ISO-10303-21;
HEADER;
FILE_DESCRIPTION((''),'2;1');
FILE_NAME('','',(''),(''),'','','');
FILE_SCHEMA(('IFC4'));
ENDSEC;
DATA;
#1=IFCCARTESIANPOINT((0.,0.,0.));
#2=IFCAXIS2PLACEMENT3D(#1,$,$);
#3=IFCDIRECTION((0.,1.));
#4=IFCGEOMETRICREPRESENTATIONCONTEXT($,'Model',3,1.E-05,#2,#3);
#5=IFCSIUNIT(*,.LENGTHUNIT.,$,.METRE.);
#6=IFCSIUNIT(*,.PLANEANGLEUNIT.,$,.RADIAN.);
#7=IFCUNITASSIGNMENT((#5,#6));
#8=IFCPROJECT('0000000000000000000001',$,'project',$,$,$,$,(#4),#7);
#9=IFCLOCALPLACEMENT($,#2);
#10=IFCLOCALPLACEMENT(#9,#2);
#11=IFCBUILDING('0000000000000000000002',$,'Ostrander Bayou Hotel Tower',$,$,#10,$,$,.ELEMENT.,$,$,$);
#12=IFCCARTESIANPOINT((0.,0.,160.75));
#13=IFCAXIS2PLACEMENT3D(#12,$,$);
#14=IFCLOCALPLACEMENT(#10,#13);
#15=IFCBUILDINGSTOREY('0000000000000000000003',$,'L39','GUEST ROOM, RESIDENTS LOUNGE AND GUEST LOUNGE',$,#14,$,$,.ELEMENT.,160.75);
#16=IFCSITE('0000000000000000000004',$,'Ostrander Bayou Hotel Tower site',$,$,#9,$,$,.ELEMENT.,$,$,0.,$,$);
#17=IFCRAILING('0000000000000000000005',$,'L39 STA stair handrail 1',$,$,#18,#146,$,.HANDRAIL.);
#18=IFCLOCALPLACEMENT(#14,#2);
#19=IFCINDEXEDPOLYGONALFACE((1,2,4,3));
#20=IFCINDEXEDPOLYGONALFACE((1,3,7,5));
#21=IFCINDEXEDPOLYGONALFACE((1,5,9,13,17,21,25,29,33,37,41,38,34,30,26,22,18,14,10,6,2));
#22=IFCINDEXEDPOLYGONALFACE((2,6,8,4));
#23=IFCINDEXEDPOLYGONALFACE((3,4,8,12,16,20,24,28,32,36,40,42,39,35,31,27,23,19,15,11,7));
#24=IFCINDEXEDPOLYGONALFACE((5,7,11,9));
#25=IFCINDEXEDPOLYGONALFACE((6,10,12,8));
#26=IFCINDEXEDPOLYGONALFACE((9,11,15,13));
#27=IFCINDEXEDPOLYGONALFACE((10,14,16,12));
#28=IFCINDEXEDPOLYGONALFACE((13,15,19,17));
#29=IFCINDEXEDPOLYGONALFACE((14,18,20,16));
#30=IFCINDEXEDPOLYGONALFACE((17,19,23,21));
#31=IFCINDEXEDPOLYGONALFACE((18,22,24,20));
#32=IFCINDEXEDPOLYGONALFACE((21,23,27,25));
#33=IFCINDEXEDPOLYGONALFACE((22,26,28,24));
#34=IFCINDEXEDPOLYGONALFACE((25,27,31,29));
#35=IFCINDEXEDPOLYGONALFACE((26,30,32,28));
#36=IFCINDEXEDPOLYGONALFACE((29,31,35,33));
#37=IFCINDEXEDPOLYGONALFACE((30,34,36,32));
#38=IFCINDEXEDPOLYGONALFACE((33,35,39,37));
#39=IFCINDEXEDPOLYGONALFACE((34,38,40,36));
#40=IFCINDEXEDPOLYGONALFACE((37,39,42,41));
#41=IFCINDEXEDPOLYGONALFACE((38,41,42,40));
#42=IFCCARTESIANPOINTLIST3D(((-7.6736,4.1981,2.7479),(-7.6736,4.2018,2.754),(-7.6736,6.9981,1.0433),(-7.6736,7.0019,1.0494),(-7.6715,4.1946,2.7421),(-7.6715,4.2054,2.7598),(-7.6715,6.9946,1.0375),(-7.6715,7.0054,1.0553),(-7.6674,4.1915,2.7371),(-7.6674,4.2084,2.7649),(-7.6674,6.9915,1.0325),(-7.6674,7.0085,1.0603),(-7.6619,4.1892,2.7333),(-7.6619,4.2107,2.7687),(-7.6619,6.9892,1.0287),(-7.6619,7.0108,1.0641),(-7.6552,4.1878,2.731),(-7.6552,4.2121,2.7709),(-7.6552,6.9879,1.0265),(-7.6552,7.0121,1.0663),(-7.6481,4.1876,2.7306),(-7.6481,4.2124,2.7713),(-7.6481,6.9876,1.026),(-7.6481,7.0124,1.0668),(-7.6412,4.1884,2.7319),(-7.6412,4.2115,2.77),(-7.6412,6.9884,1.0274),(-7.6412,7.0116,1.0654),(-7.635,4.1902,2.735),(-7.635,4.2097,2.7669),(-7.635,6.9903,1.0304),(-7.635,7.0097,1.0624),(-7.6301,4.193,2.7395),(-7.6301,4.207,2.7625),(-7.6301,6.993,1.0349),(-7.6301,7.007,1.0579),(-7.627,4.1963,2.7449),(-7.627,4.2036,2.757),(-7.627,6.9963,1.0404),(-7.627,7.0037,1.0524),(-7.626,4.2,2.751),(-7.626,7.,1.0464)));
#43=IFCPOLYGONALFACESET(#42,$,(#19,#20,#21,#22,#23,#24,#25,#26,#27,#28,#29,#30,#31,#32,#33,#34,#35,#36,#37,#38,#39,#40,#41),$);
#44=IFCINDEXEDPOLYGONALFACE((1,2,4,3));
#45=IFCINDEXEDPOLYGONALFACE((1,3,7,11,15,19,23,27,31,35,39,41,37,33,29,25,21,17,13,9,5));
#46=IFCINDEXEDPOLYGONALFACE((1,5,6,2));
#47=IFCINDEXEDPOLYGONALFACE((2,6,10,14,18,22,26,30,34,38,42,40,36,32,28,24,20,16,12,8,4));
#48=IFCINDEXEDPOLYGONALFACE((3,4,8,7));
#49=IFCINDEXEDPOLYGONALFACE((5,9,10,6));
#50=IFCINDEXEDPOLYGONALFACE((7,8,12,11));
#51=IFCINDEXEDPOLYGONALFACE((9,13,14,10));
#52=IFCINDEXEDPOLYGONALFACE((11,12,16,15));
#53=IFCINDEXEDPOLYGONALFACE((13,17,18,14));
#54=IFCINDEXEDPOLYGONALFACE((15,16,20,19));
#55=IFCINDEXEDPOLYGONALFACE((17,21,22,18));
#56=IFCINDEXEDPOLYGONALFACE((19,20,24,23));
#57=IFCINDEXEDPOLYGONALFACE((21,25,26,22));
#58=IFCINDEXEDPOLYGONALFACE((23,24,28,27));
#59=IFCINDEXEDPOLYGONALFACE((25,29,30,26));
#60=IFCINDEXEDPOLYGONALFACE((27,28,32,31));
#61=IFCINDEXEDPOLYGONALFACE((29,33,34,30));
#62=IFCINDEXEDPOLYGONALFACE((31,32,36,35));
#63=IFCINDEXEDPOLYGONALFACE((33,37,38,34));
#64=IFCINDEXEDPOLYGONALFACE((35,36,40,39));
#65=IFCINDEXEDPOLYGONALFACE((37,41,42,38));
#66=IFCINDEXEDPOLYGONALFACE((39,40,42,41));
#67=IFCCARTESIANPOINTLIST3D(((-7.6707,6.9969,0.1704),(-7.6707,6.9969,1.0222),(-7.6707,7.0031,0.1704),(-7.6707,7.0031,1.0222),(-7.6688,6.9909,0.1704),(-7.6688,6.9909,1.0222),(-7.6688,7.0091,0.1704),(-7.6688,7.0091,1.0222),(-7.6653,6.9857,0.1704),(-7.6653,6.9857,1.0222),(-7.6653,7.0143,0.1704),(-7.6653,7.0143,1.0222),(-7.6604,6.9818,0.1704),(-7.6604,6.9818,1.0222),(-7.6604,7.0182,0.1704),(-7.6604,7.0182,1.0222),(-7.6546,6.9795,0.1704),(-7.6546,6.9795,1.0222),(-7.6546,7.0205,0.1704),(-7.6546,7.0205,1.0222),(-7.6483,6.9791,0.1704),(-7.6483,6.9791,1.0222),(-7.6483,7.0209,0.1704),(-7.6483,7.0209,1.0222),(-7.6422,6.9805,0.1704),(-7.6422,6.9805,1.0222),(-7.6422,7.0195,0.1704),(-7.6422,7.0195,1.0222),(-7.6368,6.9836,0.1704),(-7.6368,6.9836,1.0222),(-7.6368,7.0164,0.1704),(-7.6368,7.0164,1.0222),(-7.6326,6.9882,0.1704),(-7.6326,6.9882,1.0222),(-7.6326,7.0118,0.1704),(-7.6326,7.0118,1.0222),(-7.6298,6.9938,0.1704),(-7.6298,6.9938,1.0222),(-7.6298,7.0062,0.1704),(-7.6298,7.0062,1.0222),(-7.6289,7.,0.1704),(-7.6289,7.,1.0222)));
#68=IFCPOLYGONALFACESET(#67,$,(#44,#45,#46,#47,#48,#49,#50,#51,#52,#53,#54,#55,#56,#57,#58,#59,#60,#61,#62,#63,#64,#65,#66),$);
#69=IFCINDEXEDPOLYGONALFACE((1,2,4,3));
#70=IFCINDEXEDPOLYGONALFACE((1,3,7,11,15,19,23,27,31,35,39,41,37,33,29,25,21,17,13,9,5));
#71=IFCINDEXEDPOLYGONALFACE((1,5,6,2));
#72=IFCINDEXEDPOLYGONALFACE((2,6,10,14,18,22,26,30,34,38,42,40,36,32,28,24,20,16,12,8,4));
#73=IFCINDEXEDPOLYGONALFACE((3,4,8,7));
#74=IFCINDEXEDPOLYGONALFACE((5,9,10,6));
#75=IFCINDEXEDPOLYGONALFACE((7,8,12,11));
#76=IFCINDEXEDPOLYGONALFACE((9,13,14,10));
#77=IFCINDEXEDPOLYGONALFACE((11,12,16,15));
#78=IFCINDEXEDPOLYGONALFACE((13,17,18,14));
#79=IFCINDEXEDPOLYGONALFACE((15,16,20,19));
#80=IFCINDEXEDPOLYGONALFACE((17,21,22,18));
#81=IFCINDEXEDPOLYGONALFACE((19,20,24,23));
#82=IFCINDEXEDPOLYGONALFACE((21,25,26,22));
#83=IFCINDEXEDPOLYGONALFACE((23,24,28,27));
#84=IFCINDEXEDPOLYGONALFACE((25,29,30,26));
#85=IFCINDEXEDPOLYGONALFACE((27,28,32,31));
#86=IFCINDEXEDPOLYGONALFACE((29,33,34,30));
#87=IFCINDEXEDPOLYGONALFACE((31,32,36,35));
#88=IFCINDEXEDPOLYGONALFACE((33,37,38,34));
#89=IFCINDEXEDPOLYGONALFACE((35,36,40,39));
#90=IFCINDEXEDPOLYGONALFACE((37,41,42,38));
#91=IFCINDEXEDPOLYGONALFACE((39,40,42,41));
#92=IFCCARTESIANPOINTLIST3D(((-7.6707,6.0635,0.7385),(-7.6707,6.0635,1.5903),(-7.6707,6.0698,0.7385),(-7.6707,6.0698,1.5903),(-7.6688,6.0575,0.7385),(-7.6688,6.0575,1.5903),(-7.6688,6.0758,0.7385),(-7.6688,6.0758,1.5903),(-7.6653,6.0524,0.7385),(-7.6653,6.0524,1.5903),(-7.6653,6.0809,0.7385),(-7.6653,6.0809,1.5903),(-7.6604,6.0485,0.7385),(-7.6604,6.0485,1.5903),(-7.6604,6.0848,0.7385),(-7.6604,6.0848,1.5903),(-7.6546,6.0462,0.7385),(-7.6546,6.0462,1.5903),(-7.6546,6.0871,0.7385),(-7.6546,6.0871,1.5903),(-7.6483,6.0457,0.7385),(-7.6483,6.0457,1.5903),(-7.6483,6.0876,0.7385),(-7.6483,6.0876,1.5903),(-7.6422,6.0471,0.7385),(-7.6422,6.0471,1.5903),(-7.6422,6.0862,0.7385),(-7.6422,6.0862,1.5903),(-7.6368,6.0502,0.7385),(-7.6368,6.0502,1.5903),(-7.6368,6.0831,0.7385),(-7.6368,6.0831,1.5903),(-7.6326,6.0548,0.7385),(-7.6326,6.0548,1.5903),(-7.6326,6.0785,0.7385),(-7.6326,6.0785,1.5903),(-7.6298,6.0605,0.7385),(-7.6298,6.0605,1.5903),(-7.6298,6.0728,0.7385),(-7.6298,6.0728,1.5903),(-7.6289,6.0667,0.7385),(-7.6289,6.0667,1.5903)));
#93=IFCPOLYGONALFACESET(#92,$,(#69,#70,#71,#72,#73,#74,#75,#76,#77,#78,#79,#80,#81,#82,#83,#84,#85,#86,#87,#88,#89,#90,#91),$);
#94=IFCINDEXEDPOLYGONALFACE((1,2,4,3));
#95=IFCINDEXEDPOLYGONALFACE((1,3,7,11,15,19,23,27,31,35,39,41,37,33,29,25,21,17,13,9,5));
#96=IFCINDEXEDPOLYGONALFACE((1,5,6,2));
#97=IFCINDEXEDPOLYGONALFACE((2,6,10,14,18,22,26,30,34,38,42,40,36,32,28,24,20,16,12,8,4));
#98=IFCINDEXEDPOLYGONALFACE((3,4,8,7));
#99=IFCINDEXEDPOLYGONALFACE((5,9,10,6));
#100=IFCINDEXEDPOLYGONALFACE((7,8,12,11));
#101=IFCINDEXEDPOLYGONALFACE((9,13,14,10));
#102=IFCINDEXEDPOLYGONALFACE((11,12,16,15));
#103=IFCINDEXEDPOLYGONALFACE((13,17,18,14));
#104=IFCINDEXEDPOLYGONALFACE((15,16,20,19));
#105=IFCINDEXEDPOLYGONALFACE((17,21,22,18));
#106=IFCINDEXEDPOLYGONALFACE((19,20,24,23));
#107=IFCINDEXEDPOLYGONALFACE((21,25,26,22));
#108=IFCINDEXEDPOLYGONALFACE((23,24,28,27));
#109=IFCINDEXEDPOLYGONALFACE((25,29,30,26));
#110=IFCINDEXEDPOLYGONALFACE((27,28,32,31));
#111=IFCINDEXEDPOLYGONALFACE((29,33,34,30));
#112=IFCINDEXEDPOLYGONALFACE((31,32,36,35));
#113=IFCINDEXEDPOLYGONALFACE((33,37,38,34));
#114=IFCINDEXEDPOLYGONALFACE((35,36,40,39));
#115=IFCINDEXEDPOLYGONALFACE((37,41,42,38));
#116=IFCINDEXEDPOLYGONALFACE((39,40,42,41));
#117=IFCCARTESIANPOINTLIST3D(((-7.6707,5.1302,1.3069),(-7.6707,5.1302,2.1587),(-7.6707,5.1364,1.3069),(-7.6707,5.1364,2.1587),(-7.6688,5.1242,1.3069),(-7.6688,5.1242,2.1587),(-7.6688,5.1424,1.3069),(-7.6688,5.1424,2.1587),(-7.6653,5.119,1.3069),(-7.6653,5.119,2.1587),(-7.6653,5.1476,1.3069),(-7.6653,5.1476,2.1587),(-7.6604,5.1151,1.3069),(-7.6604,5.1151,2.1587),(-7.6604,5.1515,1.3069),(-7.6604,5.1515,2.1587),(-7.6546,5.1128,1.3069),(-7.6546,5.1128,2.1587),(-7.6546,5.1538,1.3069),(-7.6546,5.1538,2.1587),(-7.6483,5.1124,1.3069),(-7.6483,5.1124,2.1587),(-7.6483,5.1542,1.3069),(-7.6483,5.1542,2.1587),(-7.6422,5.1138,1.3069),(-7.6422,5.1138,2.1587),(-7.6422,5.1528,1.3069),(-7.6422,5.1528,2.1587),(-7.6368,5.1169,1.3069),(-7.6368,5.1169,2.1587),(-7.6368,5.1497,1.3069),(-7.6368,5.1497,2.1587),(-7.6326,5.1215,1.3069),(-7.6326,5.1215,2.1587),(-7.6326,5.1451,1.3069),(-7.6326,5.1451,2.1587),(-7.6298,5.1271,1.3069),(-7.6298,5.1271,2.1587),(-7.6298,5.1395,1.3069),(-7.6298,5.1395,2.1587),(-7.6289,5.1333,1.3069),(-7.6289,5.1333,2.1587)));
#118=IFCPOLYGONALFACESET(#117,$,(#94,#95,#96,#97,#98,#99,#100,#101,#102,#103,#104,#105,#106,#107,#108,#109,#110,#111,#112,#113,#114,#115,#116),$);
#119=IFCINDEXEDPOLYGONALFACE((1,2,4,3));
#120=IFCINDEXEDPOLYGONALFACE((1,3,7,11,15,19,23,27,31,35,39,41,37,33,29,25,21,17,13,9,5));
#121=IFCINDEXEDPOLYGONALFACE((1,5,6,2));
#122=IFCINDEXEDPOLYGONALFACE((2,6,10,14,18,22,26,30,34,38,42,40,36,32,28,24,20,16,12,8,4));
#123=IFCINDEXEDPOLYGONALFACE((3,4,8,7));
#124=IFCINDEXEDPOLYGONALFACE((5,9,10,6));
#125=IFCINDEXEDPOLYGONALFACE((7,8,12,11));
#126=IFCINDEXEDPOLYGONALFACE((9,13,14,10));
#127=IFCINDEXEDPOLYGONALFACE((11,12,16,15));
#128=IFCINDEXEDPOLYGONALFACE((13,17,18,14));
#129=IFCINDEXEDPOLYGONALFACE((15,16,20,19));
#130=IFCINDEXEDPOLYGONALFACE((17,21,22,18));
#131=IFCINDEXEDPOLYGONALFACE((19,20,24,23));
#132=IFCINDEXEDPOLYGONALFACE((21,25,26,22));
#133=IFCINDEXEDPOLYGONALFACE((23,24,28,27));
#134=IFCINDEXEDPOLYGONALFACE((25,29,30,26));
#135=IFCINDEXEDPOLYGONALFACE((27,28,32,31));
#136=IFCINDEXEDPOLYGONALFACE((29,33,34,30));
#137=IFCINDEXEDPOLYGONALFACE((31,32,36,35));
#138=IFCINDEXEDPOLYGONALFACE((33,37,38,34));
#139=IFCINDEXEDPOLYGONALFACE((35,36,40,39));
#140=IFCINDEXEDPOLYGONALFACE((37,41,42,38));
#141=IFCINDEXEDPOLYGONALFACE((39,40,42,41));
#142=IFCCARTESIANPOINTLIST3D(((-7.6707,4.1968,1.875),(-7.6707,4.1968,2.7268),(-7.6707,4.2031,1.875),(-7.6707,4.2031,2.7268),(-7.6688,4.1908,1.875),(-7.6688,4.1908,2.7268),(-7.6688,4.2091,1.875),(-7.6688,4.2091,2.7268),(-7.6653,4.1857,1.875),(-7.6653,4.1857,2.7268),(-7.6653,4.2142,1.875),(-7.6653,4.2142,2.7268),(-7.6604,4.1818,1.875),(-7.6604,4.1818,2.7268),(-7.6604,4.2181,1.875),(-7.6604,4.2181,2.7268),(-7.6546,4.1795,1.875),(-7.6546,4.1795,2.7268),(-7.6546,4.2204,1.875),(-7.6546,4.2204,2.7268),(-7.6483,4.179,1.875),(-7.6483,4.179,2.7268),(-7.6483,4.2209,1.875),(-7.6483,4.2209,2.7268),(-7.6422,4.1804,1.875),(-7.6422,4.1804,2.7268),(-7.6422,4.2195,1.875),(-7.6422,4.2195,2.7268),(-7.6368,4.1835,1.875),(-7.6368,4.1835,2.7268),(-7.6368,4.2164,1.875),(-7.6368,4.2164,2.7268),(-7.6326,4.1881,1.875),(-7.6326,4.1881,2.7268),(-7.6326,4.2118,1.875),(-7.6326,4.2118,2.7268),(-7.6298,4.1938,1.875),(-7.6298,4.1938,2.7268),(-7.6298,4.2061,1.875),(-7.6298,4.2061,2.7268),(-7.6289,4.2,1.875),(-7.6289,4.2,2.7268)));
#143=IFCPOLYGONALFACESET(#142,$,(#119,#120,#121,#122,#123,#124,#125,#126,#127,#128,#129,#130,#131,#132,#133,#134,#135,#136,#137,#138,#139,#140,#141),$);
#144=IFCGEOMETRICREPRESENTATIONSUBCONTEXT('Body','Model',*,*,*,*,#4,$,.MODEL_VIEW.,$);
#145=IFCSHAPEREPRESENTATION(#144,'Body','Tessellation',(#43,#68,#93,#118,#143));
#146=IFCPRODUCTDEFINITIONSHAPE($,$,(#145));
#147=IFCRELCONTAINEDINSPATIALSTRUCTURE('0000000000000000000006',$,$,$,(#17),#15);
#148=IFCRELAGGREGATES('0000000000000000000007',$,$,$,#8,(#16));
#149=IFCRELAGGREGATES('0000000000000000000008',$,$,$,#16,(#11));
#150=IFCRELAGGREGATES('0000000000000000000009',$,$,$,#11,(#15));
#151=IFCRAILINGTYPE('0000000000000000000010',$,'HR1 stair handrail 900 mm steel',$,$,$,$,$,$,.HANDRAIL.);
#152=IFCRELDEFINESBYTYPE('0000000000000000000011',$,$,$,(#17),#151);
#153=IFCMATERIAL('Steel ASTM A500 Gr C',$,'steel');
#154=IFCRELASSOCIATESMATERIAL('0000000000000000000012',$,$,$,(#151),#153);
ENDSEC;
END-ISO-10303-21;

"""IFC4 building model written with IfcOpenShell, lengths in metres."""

from ifc_helpers import new_model, si_unit, direction, frame, origin, origin_2d, place, context, subcontext, project, spatial, circle, extrude, material, type_object, element, save


model = new_model("IFC4")

# Units and contexts
model_context = context("Model", 3, precision=1e-05, world=origin(), true_north=direction((0.0, 1.0)))
body_context = subcontext(model_context, "Body", "Model", "MODEL_VIEW")
ifc_project = project(units=[si_unit("LENGTHUNIT", "METRE"), si_unit("PLANEANGLEUNIT", "RADIAN")], contexts=[model_context])

# Site, building, storey
site_placement = place(None, origin())
site = spatial("IfcSite", under=ifc_project, at=site_placement, Name="Ostrander Bayou Hotel Tower site", CompositionType="ELEMENT", RefElevation=0.0)
building_placement = place(site_placement, origin())
building = spatial("IfcBuilding", under=site, at=building_placement, Name="Ostrander Bayou Hotel Tower", CompositionType="ELEMENT")
storey_placement = place(building_placement, frame((0.0, 0.0, 160.75)))
storey = spatial("IfcBuildingStorey", under=building, at=storey_placement, Name="L39", Description="GUEST ROOM, RESIDENTS LOUNGE AND GUEST LOUNGE", CompositionType="ELEMENT", Elevation=160.75)

# Railing
ifc_material_1 = material(Name="Steel ASTM A500 Gr C", Category="steel")
railing_type_1 = type_object("IfcRailingType", Name="HR1 stair handrail 900 mm steel", PredefinedType="HANDRAIL", material=ifc_material_1)
railing_1_placement = place(storey_placement, frame((-7.6499, 7.0, 0.1704)))
element("IfcRailing", 1, at=railing_1_placement, inside=storey, type_object=railing_type_1, Name="L39 STA stair handrail 1", PredefinedType="HANDRAIL", context=body_context, shape_type="SweptSolid", body=[
    extrude(circle(Radius=0.0239, at=origin_2d()), frame((0.0, 0.0, 0.876), z_axis=(0.0, -0.85417, 0.519994), x_axis=(1.0, 0.0, 0.0)), (0.0, 0.0, 1.0), 3.2781),
    extrude(circle(Radius=0.021, at=origin_2d()), origin(), (0.0, 0.0, 1.0), 0.8518),
    extrude(circle(Radius=0.021, at=origin_2d()), frame((0.0, -0.9333, 0.5681)), (0.0, 0.0, 1.0), 0.8518),
    extrude(circle(Radius=0.021, at=origin_2d()), frame((0.0, -1.8667, 1.1365)), (0.0, 0.0, 1.0), 0.8518),
    extrude(circle(Radius=0.021, at=origin_2d()), frame((0.0, -2.8, 1.7046)), (0.0, 0.0, 1.0), 0.8518),
])

save(model, "model.ifc")
